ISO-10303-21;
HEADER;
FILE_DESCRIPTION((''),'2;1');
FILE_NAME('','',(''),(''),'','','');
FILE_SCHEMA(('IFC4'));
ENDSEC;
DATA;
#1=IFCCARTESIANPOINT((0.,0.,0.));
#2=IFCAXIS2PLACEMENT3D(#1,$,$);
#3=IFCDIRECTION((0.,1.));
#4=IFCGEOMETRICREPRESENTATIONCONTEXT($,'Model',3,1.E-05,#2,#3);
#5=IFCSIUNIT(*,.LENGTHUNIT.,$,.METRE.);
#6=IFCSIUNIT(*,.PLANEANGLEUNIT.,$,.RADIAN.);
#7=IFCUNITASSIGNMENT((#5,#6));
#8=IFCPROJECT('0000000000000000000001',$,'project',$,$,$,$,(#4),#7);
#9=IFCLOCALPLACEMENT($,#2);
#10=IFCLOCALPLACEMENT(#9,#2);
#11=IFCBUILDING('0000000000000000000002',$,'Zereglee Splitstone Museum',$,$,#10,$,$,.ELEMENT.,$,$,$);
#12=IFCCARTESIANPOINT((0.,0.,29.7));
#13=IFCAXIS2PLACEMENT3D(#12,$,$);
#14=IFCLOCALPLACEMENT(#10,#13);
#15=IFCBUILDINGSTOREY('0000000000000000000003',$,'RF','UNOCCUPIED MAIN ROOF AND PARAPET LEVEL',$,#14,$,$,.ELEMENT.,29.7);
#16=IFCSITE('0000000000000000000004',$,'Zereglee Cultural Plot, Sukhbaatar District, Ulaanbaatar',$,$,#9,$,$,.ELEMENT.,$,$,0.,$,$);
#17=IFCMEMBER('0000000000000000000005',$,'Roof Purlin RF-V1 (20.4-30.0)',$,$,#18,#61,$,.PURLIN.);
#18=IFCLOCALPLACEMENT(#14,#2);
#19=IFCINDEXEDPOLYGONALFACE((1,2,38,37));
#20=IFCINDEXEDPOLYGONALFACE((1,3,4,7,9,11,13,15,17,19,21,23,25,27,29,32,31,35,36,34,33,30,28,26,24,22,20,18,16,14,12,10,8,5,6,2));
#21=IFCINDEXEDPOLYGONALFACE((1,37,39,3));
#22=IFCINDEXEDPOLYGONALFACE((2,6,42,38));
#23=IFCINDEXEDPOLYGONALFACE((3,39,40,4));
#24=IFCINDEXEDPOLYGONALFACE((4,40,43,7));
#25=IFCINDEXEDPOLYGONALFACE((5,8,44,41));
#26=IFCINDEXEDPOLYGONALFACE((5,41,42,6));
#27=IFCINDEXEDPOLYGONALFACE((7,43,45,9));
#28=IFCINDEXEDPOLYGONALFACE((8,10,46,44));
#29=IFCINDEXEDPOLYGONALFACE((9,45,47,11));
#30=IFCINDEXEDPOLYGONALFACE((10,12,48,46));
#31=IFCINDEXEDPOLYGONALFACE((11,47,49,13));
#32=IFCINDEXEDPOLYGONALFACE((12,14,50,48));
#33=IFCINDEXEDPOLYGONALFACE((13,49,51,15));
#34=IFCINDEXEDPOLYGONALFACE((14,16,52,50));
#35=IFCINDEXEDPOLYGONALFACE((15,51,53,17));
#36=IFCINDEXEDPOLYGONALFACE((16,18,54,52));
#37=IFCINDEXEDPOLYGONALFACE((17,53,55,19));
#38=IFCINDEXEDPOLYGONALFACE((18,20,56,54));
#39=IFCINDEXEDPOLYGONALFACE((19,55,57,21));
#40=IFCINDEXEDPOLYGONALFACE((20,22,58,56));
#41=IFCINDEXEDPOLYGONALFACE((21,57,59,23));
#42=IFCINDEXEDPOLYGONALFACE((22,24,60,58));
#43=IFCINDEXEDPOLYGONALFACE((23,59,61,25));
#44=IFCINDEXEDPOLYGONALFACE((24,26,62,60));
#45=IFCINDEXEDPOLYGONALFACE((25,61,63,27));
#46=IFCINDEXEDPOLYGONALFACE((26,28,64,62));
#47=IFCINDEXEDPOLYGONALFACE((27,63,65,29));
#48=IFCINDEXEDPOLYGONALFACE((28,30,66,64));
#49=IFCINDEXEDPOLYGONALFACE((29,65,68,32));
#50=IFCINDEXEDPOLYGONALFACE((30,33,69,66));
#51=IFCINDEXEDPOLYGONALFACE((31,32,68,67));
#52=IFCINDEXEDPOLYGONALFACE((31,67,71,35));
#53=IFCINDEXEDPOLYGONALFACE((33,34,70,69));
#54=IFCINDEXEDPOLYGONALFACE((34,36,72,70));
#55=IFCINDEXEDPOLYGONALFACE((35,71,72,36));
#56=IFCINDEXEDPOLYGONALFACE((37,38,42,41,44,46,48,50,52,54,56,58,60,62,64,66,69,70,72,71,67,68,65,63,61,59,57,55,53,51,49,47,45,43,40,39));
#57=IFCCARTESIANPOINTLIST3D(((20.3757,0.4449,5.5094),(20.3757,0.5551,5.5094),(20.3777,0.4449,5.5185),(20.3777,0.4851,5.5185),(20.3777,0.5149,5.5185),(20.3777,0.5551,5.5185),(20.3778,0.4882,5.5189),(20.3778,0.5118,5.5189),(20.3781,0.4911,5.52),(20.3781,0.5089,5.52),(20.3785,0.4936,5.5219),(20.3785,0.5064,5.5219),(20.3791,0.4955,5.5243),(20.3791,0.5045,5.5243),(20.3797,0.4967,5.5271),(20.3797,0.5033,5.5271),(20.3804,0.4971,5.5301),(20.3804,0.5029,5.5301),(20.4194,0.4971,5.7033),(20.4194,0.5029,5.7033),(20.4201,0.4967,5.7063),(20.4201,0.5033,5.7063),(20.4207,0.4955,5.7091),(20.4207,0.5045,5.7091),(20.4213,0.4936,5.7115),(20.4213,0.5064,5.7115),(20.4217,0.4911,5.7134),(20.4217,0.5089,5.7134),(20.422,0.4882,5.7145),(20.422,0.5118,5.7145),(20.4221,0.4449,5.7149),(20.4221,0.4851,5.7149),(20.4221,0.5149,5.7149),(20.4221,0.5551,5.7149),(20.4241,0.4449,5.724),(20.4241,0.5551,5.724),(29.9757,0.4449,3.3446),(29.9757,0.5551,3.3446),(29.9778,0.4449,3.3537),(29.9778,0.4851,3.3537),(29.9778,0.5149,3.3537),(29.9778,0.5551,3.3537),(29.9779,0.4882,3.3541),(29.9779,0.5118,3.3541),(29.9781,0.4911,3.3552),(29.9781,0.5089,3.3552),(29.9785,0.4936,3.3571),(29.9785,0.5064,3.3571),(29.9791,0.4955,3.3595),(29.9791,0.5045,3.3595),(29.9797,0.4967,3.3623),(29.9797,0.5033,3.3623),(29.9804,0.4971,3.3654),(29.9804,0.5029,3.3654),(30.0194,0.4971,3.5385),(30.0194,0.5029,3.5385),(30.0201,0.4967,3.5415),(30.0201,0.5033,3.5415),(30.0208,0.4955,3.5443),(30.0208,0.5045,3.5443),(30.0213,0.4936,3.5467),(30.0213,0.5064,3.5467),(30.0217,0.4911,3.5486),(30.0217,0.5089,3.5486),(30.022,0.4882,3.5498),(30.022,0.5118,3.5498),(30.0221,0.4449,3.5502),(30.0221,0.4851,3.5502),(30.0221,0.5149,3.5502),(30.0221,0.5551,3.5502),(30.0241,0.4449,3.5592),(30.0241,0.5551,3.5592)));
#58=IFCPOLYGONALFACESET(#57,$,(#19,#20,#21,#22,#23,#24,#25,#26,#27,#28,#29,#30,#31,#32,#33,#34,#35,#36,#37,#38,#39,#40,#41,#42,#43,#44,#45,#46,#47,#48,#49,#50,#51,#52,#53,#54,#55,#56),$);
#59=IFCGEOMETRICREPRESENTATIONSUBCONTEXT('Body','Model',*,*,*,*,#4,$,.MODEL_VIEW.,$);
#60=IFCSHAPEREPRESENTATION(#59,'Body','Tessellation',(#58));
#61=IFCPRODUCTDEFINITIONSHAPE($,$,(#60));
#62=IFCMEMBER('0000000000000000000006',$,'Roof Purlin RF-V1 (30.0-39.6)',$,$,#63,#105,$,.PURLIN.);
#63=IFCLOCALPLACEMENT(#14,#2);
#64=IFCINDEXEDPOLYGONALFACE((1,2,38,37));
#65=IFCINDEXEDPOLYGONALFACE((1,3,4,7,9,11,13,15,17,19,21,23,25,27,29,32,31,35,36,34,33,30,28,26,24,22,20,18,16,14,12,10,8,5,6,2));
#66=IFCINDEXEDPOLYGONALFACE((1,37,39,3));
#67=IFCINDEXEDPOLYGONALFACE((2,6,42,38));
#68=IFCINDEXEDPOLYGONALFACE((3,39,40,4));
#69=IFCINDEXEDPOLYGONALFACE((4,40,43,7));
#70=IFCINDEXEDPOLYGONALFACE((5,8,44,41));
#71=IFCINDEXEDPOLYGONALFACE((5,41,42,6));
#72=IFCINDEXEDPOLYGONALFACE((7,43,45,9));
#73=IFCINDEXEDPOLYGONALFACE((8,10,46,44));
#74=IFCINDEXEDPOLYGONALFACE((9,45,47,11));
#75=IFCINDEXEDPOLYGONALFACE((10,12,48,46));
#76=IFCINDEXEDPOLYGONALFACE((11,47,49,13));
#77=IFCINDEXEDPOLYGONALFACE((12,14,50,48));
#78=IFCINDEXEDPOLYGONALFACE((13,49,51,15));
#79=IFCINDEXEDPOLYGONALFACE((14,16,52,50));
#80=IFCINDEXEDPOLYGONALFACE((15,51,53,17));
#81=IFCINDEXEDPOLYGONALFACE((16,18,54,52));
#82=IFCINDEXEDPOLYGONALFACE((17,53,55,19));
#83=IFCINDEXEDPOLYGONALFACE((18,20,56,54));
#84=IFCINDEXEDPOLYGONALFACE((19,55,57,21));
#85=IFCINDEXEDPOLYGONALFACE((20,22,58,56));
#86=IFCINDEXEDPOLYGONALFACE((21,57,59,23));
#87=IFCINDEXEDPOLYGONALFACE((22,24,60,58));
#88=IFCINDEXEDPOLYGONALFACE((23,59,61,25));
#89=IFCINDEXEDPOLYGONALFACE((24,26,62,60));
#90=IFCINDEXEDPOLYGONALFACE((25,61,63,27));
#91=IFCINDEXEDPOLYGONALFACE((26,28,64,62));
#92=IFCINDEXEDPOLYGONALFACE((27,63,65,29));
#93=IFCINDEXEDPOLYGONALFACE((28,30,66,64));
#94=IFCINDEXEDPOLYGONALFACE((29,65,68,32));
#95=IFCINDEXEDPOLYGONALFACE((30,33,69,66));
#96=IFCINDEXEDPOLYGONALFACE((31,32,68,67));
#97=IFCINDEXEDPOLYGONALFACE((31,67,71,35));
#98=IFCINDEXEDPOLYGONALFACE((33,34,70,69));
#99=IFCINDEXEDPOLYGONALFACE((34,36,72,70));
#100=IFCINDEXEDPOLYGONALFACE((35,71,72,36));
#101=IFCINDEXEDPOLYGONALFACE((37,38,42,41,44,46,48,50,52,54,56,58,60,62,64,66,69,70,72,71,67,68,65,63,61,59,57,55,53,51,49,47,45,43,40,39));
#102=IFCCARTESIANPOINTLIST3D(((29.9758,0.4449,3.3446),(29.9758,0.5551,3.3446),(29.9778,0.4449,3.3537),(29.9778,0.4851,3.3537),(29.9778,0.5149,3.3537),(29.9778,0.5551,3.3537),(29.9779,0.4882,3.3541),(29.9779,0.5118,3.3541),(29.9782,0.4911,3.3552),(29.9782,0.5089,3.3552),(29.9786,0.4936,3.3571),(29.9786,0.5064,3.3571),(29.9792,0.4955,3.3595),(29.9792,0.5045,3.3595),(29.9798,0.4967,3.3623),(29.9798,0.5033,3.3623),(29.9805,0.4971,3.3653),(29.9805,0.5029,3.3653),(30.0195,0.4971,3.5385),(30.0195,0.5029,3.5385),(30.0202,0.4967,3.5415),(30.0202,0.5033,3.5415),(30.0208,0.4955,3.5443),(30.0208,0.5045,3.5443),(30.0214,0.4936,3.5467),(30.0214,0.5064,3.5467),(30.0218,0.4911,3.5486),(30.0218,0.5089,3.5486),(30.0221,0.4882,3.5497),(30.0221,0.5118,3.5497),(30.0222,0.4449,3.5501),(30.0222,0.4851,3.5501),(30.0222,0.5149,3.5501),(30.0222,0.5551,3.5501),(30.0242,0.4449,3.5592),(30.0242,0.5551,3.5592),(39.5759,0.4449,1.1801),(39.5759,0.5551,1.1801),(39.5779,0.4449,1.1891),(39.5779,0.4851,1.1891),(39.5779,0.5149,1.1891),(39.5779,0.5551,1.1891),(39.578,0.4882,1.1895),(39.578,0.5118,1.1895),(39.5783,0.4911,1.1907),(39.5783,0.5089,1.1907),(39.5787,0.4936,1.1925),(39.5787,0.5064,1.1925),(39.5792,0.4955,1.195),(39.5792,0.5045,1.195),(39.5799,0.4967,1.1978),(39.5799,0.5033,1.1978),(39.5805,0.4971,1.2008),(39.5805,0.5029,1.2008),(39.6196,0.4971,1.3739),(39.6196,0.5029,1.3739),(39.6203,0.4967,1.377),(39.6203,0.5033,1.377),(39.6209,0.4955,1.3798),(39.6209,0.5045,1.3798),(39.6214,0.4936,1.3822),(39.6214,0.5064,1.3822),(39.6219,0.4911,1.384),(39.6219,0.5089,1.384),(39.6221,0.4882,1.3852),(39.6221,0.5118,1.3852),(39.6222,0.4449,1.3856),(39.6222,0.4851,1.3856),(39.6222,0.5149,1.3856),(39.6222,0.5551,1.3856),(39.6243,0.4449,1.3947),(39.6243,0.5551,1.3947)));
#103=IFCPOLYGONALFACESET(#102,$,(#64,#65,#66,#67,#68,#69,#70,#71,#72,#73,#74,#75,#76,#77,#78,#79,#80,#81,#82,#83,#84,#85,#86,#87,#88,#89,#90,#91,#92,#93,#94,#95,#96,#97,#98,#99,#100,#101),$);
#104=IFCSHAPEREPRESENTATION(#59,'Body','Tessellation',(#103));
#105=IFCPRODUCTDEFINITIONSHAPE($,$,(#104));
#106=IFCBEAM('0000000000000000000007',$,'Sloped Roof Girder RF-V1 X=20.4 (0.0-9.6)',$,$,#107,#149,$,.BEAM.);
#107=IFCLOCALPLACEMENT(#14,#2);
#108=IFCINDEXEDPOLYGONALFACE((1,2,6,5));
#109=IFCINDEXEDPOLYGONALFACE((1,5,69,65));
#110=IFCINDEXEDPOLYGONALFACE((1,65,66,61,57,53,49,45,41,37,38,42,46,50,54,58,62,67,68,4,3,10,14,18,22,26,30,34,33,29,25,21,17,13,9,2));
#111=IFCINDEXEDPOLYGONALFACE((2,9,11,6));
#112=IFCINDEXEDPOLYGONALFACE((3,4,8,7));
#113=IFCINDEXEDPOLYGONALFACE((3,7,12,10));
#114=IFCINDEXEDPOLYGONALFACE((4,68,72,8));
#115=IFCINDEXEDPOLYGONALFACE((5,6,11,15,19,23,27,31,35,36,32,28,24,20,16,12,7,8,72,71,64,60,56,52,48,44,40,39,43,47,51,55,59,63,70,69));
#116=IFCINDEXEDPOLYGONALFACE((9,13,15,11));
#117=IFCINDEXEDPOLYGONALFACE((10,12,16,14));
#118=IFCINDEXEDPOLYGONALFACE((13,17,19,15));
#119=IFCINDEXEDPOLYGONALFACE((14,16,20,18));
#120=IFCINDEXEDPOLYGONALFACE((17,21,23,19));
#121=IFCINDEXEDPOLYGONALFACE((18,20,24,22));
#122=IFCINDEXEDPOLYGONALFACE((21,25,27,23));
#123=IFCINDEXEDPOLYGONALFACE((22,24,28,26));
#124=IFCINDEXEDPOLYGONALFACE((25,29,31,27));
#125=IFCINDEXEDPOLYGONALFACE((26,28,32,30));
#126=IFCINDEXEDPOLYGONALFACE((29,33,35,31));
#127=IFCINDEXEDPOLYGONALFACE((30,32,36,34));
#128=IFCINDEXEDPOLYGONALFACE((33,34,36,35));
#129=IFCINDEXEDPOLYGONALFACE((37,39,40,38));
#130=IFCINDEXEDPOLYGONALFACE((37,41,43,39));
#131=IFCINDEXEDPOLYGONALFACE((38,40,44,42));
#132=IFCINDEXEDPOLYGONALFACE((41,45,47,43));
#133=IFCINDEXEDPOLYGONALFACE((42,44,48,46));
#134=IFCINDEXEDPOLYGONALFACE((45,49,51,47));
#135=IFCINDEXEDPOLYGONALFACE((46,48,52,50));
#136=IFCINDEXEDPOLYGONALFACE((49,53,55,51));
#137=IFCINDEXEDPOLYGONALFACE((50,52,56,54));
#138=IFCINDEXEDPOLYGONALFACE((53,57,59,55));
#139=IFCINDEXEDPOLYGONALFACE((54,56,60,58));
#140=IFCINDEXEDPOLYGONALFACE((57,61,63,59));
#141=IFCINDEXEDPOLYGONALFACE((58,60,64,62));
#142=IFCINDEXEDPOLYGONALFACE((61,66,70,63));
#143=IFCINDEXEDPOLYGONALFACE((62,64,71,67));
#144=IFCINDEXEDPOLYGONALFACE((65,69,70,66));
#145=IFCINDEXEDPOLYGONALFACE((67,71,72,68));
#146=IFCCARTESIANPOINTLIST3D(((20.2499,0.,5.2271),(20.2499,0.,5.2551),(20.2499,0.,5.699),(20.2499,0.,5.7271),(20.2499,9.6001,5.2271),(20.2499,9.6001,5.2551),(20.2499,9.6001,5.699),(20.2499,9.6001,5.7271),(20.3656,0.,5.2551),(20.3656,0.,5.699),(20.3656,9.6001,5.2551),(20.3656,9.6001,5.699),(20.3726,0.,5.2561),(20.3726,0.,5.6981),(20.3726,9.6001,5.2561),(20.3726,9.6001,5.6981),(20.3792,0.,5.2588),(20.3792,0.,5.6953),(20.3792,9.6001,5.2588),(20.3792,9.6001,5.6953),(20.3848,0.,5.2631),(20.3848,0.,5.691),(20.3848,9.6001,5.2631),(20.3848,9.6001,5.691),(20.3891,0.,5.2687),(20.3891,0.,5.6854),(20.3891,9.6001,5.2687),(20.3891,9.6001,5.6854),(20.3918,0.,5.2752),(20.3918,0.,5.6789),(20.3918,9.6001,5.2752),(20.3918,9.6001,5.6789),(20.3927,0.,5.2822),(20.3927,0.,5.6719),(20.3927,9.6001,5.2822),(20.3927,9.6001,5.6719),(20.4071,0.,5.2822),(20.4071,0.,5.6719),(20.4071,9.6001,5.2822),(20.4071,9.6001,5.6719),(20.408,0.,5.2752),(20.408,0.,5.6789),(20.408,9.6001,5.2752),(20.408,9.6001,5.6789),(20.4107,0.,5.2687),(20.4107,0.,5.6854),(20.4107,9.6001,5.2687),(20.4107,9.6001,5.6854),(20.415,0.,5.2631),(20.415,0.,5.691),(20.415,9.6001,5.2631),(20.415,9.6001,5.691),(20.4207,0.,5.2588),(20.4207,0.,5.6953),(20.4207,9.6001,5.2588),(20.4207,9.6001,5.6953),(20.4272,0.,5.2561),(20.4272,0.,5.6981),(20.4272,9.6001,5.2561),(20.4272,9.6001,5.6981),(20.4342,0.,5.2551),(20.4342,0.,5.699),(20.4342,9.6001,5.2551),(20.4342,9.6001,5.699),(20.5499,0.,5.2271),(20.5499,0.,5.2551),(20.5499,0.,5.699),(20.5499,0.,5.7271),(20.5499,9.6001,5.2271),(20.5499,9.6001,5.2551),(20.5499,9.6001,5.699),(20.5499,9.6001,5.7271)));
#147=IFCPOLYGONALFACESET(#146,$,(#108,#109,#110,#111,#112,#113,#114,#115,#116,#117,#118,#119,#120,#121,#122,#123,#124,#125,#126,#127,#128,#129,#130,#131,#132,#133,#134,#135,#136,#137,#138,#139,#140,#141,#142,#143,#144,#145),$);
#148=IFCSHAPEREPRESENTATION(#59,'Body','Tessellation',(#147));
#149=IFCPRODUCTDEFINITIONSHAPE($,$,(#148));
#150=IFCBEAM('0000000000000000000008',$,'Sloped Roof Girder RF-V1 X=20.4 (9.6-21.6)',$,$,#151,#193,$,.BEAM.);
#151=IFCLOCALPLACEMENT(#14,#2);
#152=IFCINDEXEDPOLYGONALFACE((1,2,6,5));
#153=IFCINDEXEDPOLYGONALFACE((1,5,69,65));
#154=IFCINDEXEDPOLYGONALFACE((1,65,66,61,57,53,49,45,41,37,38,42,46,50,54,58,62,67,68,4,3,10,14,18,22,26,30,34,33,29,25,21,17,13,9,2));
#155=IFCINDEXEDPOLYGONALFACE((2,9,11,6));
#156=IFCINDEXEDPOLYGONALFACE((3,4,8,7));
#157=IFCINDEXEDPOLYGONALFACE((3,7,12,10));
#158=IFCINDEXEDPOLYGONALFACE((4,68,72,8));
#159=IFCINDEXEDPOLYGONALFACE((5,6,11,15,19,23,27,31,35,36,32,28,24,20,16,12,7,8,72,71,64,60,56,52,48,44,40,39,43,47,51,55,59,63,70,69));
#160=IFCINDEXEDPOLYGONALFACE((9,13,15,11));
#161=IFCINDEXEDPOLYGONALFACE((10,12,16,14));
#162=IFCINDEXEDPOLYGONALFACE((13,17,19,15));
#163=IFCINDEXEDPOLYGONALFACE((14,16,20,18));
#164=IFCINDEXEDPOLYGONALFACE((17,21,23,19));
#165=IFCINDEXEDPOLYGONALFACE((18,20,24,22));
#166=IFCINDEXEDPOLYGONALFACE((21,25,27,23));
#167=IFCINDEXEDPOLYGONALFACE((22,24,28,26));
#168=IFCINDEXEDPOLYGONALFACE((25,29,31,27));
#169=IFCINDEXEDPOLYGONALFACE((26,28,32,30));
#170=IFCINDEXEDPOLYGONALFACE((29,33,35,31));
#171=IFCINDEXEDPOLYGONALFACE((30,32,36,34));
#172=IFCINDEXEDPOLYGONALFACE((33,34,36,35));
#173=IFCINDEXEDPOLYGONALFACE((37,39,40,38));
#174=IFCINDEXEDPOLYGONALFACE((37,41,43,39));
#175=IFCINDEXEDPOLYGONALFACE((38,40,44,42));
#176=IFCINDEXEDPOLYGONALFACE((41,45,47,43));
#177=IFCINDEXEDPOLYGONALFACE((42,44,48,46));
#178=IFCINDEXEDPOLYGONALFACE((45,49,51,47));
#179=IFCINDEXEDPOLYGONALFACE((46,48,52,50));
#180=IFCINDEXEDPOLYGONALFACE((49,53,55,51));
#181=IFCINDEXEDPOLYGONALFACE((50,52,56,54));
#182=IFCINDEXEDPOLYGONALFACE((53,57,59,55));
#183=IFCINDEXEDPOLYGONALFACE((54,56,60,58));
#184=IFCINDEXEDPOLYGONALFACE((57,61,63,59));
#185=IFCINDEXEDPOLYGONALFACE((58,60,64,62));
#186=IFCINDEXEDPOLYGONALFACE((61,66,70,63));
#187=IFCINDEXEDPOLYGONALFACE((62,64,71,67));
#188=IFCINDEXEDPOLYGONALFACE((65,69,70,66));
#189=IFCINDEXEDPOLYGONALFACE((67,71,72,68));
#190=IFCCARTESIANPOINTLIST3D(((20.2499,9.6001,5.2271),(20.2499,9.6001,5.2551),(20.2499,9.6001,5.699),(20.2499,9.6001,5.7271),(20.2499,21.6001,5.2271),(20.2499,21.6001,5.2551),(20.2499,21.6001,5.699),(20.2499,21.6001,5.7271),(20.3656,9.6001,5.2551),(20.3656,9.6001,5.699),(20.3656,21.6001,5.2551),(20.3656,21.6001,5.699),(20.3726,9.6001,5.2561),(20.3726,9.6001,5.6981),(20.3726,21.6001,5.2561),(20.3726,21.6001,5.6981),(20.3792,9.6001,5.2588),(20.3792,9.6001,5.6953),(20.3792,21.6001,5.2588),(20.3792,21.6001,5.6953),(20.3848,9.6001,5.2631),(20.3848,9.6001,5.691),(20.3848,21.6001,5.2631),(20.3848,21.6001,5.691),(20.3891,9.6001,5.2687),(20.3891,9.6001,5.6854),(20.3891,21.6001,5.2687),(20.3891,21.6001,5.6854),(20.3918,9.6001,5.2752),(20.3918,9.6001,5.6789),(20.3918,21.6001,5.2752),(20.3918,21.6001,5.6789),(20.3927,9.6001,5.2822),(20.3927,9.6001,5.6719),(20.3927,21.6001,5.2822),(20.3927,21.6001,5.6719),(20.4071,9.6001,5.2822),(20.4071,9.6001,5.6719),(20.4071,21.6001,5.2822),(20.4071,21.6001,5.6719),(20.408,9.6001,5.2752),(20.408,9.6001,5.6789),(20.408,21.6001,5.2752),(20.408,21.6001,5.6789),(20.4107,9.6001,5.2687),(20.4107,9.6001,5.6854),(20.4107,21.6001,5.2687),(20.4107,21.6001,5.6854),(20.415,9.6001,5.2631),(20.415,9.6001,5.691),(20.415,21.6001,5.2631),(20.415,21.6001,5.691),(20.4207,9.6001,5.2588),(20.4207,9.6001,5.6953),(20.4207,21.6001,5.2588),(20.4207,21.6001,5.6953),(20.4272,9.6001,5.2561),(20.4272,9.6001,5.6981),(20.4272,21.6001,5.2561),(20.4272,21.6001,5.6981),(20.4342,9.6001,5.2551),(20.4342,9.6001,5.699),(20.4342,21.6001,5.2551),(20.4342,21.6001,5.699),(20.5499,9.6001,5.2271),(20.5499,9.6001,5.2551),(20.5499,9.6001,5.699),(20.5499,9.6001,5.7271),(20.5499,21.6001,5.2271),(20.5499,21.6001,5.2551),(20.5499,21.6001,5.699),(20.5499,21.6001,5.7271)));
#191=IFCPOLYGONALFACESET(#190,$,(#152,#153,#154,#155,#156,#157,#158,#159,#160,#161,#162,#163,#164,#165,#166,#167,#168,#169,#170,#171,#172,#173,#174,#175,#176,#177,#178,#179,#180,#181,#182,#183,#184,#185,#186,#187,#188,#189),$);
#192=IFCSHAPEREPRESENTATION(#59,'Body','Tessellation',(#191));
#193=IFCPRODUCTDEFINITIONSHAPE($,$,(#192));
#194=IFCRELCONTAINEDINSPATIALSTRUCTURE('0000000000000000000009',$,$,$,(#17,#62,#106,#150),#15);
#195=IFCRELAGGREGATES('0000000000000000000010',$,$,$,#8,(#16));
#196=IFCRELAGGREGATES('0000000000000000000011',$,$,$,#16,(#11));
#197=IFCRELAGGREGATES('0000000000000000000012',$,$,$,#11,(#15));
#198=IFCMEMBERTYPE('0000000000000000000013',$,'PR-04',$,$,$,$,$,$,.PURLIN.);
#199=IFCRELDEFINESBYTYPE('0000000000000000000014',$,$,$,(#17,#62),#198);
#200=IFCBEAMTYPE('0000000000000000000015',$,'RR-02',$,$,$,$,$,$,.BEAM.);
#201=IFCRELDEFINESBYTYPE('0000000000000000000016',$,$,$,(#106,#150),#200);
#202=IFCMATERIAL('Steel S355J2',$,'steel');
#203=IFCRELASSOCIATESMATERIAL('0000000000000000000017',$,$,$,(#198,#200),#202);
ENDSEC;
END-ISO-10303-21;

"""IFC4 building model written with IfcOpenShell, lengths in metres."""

from ifc_helpers import new_model, si_unit, direction, frame, origin, origin_2d, place, context, subcontext, project, spatial, i_section, extrude, material, material_profile, profile_set, type_object, element, save


model = new_model("IFC4")

# Units and contexts
model_context = context("Model", 3, precision=1e-05, world=origin(), true_north=direction((0.0, 1.0)))
body_context = subcontext(model_context, "Body", "Model", "MODEL_VIEW")
ifc_project = project(units=[si_unit("LENGTHUNIT", "METRE"), si_unit("PLANEANGLEUNIT", "RADIAN")], contexts=[model_context])

# Site, building, storey
site_placement = place(None, origin())
site = spatial("IfcSite", under=ifc_project, at=site_placement, Name="Zereglee Cultural Plot, Sukhbaatar District, Ulaanbaatar", CompositionType="ELEMENT", RefElevation=0.0)
building_placement = place(site_placement, origin())
building = spatial("IfcBuilding", under=site, at=building_placement, Name="Zereglee Splitstone Museum", CompositionType="ELEMENT")
storey_placement = place(building_placement, frame((0.0, 0.0, 29.7)))
storey = spatial("IfcBuildingStorey", under=building, at=storey_placement, Name="RF", Description="UNOCCUPIED MAIN ROOF AND PARAPET LEVEL", CompositionType="ELEMENT", Elevation=29.7)

# Shared definitions
ifc_material_1 = material(Name="Steel S355J2", Category="steel")

# Members
ifc_material_profile_1 = material_profile(ifc_material_1, i_section(OverallWidth=0.1101, OverallDepth=0.22, WebThickness=0.0059, FlangeThickness=0.0093, FilletRadius=0.012, at=origin_2d()), Name="IPE 220")
ifc_profile_set_1 = profile_set([ifc_material_profile_1], Name="Steel S355J2")
member_type_1 = type_object("IfcMemberType", Name="PR-04", PredefinedType="PURLIN", material=ifc_profile_set_1)
for number, where, z_axis, x_axis, name in (
    (1, (20.3999, 0.5, 5.6167), (0.975506, 0.0, -0.219974), (0.0, 1.0, 0.0), "Roof Purlin RF-V1 (20.4-30.0)"),
    (2, (30.0, 0.5, 3.4519), (0.975511, 0.0, -0.21995), (0.0, 1.0, 0.0), "Roof Purlin RF-V1 (30.0-39.6)"),
):
    element("IfcMember", number, at=place(storey_placement, frame(where, z_axis=z_axis, x_axis=x_axis)), inside=storey, type_object=member_type_1, Name=name, PredefinedType="PURLIN", context=body_context, shape_type="SweptSolid", body=[
        extrude(i_section(OverallWidth=0.1101, OverallDepth=0.22, WebThickness=0.0059, FlangeThickness=0.0093, FilletRadius=0.012, at=origin_2d()), origin(), (0.0, 0.0, 1.0), 9.8411),
    ])

# Beams
ifc_material_profile_2 = material_profile(ifc_material_1, i_section(OverallWidth=0.3, OverallDepth=0.5, WebThickness=0.0144, FlangeThickness=0.0281, FilletRadius=0.0271, at=origin_2d()), Name="HE 500 B")
ifc_profile_set_2 = profile_set([ifc_material_profile_2], Name="Steel S355J2")
beam_type = type_object("IfcBeamType", Name="RR-02", PredefinedType="BEAM", material=ifc_profile_set_2)
beam_1_placement = place(storey_placement, frame((20.3999, 0.0, 5.4771), z_axis=(0.0, 1.0, 0.0), x_axis=(-1.0, 0.0, 0.0)))
element("IfcBeam", 3, at=beam_1_placement, inside=storey, type_object=beam_type, Name="Sloped Roof Girder RF-V1 X=20.4 (0.0-9.6)", PredefinedType="BEAM", context=body_context, shape_type="SweptSolid", body=[
    extrude(i_section(OverallWidth=0.3, OverallDepth=0.5, WebThickness=0.0144, FlangeThickness=0.0281, FilletRadius=0.0271, at=origin_2d()), origin(), (0.0, 0.0, 1.0), 9.6001),
])
beam_2_placement = place(storey_placement, frame((20.3999, 9.6001, 5.4771), z_axis=(0.0, 1.0, 0.0), x_axis=(-1.0, 0.0, 0.0)))
element("IfcBeam", 4, at=beam_2_placement, inside=storey, type_object=beam_type, Name="Sloped Roof Girder RF-V1 X=20.4 (9.6-21.6)", PredefinedType="BEAM", context=body_context, shape_type="SweptSolid", body=[
    extrude(i_section(OverallWidth=0.3, OverallDepth=0.5, WebThickness=0.0144, FlangeThickness=0.0281, FilletRadius=0.0271, at=origin_2d()), origin(), (0.0, 0.0, 1.0), 12.0),
])

save(model, "model.ifc")
